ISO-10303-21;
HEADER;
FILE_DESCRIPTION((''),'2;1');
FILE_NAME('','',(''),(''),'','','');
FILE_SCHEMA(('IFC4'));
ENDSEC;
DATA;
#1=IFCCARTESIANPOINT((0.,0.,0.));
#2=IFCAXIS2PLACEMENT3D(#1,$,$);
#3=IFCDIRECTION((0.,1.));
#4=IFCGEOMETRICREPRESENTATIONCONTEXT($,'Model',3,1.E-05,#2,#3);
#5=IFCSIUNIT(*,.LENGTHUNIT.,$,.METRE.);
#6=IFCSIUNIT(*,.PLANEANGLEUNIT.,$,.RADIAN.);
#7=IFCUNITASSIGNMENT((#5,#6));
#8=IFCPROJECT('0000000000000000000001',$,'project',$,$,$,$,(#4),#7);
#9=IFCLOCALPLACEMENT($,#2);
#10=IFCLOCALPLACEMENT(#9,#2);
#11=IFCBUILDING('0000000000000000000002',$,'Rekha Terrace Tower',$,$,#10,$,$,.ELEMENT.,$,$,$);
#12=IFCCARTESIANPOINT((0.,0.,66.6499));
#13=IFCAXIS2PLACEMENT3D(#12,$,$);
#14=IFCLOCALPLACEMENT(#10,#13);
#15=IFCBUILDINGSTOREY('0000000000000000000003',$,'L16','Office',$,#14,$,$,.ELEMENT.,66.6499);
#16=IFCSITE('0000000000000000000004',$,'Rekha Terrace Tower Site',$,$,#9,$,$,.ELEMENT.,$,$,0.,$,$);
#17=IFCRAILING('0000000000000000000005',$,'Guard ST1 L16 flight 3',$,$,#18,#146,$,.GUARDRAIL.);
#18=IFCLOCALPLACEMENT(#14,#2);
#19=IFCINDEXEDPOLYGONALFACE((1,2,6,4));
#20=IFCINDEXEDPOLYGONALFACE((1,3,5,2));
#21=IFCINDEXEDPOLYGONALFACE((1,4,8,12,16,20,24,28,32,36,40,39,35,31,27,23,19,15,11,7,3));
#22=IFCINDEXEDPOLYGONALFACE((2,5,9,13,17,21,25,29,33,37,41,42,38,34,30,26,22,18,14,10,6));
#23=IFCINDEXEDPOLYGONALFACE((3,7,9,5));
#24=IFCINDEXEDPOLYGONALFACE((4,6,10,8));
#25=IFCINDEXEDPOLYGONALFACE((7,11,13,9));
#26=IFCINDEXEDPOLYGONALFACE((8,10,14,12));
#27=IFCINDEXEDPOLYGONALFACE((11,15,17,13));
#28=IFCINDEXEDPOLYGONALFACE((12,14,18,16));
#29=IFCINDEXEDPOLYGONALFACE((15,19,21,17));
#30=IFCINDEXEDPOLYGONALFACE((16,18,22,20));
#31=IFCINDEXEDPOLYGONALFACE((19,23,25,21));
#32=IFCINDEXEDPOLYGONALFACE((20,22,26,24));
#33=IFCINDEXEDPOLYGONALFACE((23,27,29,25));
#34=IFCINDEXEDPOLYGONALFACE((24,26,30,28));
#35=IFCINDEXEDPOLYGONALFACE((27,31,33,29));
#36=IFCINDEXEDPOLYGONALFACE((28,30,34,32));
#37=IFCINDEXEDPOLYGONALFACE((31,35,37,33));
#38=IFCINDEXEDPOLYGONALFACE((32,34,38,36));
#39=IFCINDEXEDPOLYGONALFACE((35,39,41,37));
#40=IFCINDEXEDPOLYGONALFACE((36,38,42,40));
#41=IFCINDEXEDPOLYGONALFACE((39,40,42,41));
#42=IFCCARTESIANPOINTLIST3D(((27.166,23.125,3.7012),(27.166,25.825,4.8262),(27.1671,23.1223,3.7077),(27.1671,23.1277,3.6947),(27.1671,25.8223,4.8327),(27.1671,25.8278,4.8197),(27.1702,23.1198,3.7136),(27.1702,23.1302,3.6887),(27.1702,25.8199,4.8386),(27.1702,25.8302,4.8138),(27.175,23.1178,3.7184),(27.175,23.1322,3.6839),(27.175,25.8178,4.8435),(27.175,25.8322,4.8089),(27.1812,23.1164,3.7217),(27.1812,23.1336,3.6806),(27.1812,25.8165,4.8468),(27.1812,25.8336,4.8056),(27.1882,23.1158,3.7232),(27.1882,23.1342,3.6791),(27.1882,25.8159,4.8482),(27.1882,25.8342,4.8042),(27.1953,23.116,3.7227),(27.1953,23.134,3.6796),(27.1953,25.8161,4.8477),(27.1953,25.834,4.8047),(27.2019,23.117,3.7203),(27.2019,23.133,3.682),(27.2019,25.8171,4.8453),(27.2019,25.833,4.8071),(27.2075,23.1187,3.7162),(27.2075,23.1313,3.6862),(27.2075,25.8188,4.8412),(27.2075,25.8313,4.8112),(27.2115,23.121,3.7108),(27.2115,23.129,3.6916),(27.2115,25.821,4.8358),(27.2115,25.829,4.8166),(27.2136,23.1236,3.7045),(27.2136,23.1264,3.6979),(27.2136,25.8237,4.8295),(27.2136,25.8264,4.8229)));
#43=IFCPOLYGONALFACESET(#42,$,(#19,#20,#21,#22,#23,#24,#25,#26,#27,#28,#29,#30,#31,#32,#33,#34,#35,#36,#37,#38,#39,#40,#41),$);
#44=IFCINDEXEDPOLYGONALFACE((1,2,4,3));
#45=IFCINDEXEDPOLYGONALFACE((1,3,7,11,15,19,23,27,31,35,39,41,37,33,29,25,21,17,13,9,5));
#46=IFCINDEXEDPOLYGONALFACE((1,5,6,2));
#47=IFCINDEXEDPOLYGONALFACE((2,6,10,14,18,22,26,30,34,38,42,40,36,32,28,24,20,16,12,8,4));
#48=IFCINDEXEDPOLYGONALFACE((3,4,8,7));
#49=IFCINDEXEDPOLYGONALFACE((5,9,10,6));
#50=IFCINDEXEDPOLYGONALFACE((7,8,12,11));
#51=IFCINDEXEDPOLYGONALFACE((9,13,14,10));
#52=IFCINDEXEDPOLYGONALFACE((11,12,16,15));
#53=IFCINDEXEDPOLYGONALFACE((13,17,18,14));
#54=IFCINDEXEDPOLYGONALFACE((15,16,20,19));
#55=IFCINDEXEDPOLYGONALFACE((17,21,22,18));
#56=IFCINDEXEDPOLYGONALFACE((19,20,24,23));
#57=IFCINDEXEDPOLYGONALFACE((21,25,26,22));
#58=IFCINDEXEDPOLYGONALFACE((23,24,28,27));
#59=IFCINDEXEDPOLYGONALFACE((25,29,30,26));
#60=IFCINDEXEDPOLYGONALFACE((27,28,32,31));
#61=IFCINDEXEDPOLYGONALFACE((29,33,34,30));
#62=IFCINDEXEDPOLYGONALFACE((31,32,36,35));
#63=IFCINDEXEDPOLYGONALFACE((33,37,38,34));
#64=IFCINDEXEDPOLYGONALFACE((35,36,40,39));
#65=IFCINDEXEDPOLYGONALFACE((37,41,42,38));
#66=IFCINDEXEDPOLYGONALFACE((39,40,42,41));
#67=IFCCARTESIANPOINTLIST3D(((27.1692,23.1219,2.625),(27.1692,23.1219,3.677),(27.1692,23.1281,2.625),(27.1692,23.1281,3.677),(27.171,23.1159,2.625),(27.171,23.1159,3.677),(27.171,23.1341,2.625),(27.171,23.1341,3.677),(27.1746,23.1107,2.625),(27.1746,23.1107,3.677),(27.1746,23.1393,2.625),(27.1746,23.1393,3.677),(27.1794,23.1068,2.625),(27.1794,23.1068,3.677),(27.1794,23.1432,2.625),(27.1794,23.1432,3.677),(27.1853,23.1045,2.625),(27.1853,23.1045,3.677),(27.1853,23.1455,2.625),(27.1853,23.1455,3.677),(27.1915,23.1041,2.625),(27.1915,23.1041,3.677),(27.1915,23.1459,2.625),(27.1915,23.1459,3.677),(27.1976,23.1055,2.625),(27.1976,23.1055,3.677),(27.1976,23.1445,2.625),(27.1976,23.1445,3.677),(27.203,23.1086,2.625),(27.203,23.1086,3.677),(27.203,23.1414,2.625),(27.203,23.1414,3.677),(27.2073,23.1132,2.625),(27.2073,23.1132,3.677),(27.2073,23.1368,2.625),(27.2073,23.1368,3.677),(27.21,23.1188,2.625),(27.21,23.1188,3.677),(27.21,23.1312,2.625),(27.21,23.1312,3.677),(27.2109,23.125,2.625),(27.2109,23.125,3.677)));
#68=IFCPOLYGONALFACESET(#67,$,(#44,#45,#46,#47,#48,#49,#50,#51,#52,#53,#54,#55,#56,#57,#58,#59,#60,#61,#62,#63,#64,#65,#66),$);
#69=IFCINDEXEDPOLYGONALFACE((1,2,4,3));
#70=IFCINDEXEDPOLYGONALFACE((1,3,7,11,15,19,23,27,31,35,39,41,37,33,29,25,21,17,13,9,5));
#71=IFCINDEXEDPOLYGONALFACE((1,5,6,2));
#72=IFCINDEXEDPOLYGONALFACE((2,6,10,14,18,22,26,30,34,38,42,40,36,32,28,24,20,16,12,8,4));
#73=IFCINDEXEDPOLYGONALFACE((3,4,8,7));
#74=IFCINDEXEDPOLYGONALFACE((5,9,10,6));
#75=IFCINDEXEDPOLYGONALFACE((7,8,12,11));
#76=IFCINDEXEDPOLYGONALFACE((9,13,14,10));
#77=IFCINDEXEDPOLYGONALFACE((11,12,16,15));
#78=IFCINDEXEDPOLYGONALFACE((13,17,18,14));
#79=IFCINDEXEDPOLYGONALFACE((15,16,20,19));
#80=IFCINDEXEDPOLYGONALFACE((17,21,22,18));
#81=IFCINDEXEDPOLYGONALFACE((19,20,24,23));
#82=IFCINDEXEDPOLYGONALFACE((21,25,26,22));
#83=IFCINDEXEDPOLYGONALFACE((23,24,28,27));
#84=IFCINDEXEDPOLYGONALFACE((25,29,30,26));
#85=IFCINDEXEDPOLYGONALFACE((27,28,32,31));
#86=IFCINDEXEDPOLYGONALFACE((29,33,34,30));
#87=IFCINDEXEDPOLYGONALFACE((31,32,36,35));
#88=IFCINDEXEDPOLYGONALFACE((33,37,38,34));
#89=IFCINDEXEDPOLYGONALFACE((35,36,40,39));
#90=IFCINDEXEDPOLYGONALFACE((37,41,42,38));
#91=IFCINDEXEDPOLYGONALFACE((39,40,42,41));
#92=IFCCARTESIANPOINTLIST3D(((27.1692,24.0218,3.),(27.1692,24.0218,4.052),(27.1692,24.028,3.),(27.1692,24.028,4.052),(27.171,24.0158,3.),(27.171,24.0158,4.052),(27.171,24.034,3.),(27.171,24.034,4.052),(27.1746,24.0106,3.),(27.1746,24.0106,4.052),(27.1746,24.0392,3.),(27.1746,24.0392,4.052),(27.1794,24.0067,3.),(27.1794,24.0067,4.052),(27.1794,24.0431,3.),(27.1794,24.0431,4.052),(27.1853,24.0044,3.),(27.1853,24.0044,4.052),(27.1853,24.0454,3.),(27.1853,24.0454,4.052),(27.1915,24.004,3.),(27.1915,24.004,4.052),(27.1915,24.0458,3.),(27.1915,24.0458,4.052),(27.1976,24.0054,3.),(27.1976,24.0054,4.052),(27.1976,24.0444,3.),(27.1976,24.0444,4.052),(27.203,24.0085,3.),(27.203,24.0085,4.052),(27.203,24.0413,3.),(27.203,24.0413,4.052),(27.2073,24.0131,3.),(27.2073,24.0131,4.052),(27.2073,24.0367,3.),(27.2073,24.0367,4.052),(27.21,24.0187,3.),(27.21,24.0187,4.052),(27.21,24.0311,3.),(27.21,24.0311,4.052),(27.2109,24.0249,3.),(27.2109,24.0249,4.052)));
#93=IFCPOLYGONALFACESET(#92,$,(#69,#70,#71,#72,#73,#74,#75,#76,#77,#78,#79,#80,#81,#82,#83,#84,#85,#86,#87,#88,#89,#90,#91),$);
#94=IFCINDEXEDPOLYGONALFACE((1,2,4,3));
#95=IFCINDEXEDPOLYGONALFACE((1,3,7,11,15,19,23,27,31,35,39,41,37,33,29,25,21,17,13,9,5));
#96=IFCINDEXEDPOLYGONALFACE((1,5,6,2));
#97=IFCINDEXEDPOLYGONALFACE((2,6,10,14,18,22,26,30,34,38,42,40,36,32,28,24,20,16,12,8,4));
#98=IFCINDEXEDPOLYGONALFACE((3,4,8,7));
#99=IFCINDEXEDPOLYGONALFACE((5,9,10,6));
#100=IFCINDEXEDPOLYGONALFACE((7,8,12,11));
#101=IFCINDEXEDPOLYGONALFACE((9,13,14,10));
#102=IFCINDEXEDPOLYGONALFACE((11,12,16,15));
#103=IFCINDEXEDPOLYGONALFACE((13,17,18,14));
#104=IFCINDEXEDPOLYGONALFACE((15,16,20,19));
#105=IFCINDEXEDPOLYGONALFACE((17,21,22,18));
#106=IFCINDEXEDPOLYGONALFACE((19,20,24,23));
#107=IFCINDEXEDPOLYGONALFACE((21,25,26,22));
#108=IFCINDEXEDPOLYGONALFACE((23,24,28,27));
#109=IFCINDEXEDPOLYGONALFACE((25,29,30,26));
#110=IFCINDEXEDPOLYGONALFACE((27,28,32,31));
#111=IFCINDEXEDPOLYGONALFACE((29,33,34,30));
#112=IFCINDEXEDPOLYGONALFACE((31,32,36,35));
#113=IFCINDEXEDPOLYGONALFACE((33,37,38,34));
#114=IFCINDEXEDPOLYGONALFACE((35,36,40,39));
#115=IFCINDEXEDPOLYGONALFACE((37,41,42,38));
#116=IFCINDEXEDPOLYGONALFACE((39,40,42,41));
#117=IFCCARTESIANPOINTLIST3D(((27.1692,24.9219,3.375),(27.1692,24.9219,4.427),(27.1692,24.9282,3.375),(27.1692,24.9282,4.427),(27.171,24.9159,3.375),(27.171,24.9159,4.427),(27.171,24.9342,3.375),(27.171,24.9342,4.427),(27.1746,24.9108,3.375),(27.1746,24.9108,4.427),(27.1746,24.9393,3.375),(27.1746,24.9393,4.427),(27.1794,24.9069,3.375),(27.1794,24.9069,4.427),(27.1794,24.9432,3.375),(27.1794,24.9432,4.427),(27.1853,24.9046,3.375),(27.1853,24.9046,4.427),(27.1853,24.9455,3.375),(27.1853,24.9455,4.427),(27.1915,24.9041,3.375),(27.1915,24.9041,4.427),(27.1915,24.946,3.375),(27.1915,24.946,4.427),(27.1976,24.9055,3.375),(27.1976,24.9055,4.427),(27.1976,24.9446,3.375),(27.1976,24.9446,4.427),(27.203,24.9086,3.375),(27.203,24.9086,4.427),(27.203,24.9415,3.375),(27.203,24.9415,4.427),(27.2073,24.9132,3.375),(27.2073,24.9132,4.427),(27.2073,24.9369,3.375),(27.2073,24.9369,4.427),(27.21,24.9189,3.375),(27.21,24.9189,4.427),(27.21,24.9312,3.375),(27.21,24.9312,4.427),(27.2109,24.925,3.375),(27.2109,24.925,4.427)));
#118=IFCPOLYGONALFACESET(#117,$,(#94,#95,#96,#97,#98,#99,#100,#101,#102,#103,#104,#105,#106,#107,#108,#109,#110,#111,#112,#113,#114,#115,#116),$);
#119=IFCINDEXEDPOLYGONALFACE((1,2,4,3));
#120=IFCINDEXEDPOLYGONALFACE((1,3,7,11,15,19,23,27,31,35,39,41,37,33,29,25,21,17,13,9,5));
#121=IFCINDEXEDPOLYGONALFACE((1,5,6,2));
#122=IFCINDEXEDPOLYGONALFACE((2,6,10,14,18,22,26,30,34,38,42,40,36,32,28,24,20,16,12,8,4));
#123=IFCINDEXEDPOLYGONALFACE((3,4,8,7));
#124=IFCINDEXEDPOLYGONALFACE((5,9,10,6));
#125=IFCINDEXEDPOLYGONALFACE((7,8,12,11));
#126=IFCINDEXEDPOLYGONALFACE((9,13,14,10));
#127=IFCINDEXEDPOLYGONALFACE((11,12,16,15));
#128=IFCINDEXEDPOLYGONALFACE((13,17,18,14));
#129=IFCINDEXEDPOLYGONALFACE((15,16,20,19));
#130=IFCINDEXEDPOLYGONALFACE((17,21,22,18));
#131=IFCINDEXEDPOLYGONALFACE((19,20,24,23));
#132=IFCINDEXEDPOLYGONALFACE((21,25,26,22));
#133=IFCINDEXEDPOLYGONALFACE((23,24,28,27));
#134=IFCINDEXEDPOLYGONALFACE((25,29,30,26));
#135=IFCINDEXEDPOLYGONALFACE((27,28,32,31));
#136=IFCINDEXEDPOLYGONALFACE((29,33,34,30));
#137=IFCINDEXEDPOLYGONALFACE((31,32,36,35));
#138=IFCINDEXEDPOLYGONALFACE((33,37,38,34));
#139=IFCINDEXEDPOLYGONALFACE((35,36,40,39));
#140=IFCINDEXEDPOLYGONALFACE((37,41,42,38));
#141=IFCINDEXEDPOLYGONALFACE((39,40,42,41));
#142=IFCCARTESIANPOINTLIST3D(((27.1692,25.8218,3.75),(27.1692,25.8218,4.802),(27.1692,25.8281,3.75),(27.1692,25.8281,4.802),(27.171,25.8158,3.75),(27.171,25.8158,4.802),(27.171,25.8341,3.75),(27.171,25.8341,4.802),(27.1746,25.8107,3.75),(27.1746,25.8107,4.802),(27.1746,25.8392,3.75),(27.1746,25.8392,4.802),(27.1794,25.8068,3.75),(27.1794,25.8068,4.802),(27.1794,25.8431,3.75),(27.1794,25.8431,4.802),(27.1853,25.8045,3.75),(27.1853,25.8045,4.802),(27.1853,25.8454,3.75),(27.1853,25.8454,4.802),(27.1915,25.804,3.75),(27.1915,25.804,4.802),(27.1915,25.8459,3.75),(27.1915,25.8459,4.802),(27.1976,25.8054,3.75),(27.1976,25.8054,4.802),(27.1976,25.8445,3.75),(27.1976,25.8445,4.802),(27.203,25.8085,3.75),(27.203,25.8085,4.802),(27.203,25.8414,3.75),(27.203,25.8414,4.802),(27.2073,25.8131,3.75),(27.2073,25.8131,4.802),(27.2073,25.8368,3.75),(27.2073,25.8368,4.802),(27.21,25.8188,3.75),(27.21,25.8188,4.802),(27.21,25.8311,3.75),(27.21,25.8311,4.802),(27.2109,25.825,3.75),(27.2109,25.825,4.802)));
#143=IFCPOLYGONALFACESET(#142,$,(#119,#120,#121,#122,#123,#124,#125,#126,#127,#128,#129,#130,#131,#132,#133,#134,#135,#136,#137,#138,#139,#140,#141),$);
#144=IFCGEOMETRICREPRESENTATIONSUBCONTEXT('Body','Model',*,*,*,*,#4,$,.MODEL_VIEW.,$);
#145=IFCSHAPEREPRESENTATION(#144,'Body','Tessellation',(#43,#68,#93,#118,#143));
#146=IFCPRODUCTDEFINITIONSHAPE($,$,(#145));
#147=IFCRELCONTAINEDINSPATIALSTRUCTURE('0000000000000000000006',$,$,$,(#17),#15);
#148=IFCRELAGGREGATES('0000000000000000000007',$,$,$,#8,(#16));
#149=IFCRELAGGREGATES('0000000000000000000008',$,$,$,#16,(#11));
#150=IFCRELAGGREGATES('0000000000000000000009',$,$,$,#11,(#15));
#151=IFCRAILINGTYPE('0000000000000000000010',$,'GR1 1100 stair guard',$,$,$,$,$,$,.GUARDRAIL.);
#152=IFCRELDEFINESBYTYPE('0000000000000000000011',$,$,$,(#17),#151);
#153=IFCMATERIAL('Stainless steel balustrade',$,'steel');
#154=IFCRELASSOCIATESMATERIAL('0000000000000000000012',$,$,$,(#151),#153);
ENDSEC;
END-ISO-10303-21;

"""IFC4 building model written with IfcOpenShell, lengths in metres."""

from ifc_helpers import new_model, si_unit, direction, frame, origin, origin_2d, place, context, subcontext, project, spatial, circle, extrude, material, type_object, element, save


model = new_model("IFC4")

# Units and contexts
model_context = context("Model", 3, precision=1e-05, world=origin(), true_north=direction((0.0, 1.0)))
body_context = subcontext(model_context, "Body", "Model", "MODEL_VIEW")
ifc_project = project(units=[si_unit("LENGTHUNIT", "METRE"), si_unit("PLANEANGLEUNIT", "RADIAN")], contexts=[model_context])

# Site, building, storey
site_placement = place(None, origin())
site = spatial("IfcSite", under=ifc_project, at=site_placement, Name="Rekha Terrace Tower Site", CompositionType="ELEMENT", RefElevation=0.0)
building_placement = place(site_placement, origin())
building = spatial("IfcBuilding", under=site, at=building_placement, Name="Rekha Terrace Tower", CompositionType="ELEMENT")
storey_placement = place(building_placement, frame((0.0, 0.0, 66.6499)))
storey = spatial("IfcBuildingStorey", under=building, at=storey_placement, Name="L16", Description="Office", CompositionType="ELEMENT", Elevation=66.6499)

# Railing
ifc_material_1 = material(Name="Stainless steel balustrade", Category="steel")
railing_type_1 = type_object("IfcRailingType", Name="GR1 1100 stair guard", PredefinedType="GUARDRAIL", material=ifc_material_1)
railing_1_placement = place(storey_placement, frame((27.1899, 23.125, 2.625)))
element("IfcRailing", 1, at=railing_1_placement, inside=storey, type_object=railing_type_1, Name="Guard ST1 L16 flight 3", PredefinedType="GUARDRAIL", context=body_context, shape_type="SweptSolid", body=[
    extrude(circle(Radius=0.0239, at=origin_2d()), frame((0.0, 0.0, 1.0762), z_axis=(0.0, 0.923074, 0.384621), x_axis=(-1.0, 0.0, 0.0)), (0.0, 0.0, 1.0), 2.925),
    extrude(circle(Radius=0.021, at=origin_2d()), origin(), (0.0, 0.0, 1.0), 1.052),
    extrude(circle(Radius=0.021, at=origin_2d()), frame((0.0, 0.8999, 0.375)), (0.0, 0.0, 1.0), 1.052),
    extrude(circle(Radius=0.021, at=origin_2d()), frame((0.0, 1.8, 0.75)), (0.0, 0.0, 1.0), 1.052),
    extrude(circle(Radius=0.021, at=origin_2d()), frame((0.0, 2.7, 1.125)), (0.0, 0.0, 1.0), 1.052),
])

save(model, "model.ifc")
